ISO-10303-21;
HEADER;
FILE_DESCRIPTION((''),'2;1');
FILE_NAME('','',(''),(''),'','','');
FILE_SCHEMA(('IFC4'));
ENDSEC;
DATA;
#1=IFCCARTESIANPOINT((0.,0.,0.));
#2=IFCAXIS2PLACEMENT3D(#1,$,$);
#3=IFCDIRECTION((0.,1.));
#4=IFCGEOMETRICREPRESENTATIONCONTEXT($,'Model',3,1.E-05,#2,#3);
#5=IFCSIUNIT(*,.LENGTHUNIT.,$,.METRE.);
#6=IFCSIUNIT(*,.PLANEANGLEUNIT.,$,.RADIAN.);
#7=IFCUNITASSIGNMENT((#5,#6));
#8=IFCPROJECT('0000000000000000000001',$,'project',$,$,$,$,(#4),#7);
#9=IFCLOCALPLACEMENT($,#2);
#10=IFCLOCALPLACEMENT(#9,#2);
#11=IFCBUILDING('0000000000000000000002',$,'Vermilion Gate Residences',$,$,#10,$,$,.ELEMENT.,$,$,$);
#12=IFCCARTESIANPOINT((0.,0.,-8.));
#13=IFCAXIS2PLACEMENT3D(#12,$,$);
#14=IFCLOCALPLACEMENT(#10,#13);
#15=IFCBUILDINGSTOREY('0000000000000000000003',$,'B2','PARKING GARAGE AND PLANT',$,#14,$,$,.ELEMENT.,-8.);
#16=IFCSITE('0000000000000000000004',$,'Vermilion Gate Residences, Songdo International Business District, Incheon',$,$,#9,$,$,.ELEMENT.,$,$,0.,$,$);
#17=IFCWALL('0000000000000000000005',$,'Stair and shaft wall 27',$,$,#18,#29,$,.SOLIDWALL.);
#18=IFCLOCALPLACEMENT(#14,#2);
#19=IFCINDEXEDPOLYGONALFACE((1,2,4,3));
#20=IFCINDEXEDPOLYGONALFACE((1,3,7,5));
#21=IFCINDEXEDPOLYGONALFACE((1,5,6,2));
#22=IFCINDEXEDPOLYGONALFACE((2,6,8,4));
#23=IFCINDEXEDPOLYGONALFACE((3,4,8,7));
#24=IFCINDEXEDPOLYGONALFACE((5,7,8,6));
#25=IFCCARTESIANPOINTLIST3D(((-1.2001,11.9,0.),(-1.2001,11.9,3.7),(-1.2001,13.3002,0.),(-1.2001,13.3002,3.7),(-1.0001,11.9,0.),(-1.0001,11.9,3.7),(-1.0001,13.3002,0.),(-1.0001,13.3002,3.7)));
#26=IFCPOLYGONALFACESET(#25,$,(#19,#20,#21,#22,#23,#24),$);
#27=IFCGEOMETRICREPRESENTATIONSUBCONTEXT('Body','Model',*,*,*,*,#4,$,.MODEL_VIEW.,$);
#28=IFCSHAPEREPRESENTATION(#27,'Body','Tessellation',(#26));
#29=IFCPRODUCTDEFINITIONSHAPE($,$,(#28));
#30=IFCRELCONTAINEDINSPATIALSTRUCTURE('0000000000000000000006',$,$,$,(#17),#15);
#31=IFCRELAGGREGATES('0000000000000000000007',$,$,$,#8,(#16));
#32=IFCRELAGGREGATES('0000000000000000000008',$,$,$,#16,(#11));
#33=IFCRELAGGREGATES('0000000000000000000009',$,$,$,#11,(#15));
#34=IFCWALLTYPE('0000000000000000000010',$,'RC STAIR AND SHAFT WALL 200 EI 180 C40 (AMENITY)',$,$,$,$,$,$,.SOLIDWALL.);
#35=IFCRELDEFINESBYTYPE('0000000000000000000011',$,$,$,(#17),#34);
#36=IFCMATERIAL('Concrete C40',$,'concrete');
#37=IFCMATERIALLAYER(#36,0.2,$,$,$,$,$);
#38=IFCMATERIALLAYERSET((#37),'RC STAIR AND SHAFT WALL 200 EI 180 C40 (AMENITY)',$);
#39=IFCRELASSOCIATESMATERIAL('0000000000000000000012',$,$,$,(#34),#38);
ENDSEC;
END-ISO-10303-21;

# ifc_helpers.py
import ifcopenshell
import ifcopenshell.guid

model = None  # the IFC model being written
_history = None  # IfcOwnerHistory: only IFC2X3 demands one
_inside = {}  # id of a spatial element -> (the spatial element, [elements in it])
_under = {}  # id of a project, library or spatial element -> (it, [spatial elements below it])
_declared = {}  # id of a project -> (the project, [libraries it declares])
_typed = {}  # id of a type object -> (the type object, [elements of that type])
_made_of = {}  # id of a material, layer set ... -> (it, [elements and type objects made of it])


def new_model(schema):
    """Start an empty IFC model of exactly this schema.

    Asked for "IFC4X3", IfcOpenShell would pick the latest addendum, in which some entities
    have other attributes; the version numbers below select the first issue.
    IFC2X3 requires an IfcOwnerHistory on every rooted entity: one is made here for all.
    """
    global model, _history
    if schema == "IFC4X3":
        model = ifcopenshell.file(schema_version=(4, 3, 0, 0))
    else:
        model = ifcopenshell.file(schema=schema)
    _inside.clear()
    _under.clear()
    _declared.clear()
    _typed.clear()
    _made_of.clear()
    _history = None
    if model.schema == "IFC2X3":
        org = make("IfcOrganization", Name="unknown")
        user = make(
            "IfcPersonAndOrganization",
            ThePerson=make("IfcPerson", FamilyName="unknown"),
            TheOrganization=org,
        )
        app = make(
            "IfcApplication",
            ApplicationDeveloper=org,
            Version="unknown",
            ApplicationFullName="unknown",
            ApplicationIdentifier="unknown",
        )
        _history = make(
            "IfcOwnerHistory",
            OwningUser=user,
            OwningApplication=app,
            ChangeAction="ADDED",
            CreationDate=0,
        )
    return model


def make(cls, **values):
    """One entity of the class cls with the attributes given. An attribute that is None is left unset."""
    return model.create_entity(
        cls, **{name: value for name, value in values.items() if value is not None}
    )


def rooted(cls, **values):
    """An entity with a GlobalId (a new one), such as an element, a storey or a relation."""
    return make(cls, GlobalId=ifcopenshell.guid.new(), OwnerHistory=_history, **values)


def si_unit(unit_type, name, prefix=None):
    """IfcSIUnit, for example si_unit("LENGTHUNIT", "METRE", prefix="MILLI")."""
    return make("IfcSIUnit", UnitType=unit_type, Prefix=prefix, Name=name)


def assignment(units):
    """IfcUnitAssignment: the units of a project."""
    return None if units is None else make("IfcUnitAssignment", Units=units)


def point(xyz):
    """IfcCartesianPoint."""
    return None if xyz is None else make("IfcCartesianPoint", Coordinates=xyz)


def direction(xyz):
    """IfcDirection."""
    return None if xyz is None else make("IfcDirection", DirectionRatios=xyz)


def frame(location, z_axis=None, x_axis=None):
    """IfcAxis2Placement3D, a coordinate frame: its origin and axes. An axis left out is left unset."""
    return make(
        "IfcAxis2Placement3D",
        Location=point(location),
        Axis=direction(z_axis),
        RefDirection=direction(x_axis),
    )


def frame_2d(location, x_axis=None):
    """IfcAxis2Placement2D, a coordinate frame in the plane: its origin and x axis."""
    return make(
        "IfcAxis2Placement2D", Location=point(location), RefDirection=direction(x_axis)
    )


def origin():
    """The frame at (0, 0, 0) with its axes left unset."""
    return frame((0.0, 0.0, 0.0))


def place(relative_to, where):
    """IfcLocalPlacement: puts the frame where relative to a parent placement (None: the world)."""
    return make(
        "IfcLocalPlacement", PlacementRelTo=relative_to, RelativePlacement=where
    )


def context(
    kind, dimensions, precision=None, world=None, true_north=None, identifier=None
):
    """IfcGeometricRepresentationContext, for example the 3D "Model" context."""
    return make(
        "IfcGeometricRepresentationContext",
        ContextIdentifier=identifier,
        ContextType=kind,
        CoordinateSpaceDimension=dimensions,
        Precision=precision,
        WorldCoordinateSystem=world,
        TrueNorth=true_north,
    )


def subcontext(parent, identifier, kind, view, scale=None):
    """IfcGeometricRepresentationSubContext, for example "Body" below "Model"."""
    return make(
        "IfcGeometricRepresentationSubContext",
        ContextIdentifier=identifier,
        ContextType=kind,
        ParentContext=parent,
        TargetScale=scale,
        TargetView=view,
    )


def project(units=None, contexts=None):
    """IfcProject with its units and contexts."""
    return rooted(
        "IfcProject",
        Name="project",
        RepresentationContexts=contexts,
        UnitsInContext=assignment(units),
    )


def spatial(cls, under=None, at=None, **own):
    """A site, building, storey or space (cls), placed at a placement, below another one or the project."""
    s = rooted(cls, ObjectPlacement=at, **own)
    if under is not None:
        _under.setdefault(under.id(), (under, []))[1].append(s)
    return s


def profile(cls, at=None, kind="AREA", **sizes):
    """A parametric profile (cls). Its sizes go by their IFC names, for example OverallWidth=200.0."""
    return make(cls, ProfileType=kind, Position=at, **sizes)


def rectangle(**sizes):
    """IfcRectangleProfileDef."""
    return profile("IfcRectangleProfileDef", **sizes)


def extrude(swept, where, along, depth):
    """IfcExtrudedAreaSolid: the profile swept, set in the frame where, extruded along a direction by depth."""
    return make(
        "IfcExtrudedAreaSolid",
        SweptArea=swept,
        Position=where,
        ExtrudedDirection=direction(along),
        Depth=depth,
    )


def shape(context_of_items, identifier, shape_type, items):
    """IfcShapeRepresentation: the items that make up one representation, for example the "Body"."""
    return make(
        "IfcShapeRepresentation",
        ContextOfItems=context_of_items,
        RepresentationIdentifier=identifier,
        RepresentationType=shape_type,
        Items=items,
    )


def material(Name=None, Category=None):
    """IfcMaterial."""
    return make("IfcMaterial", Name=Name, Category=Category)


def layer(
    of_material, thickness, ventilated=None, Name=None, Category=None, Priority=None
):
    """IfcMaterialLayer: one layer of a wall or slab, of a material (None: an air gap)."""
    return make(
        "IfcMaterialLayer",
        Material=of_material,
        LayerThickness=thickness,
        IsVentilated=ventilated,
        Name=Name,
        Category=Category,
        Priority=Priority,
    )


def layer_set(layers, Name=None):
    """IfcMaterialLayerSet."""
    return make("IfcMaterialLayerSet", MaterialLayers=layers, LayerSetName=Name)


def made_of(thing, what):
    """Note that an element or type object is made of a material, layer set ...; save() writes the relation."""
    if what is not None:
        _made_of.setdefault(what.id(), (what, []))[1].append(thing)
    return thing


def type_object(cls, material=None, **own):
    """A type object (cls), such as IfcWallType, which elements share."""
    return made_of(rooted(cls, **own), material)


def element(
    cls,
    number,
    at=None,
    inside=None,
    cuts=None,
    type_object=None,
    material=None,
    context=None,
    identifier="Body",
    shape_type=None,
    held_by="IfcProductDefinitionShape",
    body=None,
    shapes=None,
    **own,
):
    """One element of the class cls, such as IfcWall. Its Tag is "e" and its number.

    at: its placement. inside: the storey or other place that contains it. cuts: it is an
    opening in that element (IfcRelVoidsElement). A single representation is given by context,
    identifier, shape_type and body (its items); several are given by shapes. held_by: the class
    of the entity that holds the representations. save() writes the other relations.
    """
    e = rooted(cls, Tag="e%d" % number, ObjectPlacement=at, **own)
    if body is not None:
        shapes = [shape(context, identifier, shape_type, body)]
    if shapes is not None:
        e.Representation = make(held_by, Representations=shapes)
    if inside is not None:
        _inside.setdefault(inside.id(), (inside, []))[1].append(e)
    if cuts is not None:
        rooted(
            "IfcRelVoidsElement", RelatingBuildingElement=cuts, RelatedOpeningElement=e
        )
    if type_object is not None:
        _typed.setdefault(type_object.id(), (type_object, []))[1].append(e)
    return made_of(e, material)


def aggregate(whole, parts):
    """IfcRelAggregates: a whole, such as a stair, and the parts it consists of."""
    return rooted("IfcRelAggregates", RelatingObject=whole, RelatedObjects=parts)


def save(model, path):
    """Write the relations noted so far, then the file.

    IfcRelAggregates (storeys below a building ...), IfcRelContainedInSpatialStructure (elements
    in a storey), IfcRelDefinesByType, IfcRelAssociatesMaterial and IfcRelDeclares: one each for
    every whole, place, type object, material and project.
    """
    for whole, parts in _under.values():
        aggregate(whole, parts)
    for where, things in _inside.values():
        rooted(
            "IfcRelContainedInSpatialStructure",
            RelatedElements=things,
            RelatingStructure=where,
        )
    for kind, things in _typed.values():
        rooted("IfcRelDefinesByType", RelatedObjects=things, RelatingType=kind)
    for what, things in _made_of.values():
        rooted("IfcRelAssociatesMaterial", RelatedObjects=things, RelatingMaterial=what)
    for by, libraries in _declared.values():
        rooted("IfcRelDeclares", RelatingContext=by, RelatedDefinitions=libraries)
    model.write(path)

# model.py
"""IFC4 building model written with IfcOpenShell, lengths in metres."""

from ifc_helpers import new_model, si_unit, direction, frame, frame_2d, origin, place, context, subcontext, project, spatial, rectangle, extrude, material, layer, layer_set, type_object, element, save


model = new_model("IFC4")

# Units and contexts
model_context = context("Model", 3, precision=1e-05, world=origin(), true_north=direction((0.0, 1.0)))
body_context = subcontext(model_context, "Body", "Model", "MODEL_VIEW")
ifc_project = project(units=[si_unit("LENGTHUNIT", "METRE"), si_unit("PLANEANGLEUNIT", "RADIAN")], contexts=[model_context])

# Site, building, storey
site_placement = place(None, origin())
site = spatial("IfcSite", under=ifc_project, at=site_placement, Name="Vermilion Gate Residences, Songdo International Business District, Incheon", CompositionType="ELEMENT", RefElevation=0.0)
building_placement = place(site_placement, origin())
building = spatial("IfcBuilding", under=site, at=building_placement, Name="Vermilion Gate Residences", CompositionType="ELEMENT")
storey_placement = place(building_placement, frame((0.0, 0.0, -8.0)))
storey = spatial("IfcBuildingStorey", under=building, at=storey_placement, Name="B2", Description="PARKING GARAGE AND PLANT", CompositionType="ELEMENT", Elevation=-8.0)

# Shared definitions
ifc_material_1 = material(Name="Concrete C40", Category="concrete")
ifc_layer_1 = layer(ifc_material_1, 0.2)
ifc_layer_set_1 = layer_set([ifc_layer_1], Name="RC STAIR AND SHAFT WALL 200 EI 180 C40 (AMENITY)")
wall_type_1 = type_object("IfcWallType", Name="RC STAIR AND SHAFT WALL 200 EI 180 C40 (AMENITY)", PredefinedType="SOLIDWALL", material=ifc_layer_set_1)

# Wall
wall_1_placement = place(storey_placement, frame((-1.1001, 11.8999, 0.0), z_axis=(0.0, 0.0, 1.0), x_axis=(0.0, 1.0, 0.0)))
element("IfcWall", 1, at=wall_1_placement, inside=storey, type_object=wall_type_1, Name="Stair and shaft wall 27", PredefinedType="SOLIDWALL", context=body_context, shape_type="SweptSolid", body=[
    extrude(rectangle(XDim=1.4001, YDim=0.2, at=frame_2d((0.7002, 0.0))), origin(), (0.0, 0.0, 1.0), 3.7),
])

save(model, "model.ifc")
